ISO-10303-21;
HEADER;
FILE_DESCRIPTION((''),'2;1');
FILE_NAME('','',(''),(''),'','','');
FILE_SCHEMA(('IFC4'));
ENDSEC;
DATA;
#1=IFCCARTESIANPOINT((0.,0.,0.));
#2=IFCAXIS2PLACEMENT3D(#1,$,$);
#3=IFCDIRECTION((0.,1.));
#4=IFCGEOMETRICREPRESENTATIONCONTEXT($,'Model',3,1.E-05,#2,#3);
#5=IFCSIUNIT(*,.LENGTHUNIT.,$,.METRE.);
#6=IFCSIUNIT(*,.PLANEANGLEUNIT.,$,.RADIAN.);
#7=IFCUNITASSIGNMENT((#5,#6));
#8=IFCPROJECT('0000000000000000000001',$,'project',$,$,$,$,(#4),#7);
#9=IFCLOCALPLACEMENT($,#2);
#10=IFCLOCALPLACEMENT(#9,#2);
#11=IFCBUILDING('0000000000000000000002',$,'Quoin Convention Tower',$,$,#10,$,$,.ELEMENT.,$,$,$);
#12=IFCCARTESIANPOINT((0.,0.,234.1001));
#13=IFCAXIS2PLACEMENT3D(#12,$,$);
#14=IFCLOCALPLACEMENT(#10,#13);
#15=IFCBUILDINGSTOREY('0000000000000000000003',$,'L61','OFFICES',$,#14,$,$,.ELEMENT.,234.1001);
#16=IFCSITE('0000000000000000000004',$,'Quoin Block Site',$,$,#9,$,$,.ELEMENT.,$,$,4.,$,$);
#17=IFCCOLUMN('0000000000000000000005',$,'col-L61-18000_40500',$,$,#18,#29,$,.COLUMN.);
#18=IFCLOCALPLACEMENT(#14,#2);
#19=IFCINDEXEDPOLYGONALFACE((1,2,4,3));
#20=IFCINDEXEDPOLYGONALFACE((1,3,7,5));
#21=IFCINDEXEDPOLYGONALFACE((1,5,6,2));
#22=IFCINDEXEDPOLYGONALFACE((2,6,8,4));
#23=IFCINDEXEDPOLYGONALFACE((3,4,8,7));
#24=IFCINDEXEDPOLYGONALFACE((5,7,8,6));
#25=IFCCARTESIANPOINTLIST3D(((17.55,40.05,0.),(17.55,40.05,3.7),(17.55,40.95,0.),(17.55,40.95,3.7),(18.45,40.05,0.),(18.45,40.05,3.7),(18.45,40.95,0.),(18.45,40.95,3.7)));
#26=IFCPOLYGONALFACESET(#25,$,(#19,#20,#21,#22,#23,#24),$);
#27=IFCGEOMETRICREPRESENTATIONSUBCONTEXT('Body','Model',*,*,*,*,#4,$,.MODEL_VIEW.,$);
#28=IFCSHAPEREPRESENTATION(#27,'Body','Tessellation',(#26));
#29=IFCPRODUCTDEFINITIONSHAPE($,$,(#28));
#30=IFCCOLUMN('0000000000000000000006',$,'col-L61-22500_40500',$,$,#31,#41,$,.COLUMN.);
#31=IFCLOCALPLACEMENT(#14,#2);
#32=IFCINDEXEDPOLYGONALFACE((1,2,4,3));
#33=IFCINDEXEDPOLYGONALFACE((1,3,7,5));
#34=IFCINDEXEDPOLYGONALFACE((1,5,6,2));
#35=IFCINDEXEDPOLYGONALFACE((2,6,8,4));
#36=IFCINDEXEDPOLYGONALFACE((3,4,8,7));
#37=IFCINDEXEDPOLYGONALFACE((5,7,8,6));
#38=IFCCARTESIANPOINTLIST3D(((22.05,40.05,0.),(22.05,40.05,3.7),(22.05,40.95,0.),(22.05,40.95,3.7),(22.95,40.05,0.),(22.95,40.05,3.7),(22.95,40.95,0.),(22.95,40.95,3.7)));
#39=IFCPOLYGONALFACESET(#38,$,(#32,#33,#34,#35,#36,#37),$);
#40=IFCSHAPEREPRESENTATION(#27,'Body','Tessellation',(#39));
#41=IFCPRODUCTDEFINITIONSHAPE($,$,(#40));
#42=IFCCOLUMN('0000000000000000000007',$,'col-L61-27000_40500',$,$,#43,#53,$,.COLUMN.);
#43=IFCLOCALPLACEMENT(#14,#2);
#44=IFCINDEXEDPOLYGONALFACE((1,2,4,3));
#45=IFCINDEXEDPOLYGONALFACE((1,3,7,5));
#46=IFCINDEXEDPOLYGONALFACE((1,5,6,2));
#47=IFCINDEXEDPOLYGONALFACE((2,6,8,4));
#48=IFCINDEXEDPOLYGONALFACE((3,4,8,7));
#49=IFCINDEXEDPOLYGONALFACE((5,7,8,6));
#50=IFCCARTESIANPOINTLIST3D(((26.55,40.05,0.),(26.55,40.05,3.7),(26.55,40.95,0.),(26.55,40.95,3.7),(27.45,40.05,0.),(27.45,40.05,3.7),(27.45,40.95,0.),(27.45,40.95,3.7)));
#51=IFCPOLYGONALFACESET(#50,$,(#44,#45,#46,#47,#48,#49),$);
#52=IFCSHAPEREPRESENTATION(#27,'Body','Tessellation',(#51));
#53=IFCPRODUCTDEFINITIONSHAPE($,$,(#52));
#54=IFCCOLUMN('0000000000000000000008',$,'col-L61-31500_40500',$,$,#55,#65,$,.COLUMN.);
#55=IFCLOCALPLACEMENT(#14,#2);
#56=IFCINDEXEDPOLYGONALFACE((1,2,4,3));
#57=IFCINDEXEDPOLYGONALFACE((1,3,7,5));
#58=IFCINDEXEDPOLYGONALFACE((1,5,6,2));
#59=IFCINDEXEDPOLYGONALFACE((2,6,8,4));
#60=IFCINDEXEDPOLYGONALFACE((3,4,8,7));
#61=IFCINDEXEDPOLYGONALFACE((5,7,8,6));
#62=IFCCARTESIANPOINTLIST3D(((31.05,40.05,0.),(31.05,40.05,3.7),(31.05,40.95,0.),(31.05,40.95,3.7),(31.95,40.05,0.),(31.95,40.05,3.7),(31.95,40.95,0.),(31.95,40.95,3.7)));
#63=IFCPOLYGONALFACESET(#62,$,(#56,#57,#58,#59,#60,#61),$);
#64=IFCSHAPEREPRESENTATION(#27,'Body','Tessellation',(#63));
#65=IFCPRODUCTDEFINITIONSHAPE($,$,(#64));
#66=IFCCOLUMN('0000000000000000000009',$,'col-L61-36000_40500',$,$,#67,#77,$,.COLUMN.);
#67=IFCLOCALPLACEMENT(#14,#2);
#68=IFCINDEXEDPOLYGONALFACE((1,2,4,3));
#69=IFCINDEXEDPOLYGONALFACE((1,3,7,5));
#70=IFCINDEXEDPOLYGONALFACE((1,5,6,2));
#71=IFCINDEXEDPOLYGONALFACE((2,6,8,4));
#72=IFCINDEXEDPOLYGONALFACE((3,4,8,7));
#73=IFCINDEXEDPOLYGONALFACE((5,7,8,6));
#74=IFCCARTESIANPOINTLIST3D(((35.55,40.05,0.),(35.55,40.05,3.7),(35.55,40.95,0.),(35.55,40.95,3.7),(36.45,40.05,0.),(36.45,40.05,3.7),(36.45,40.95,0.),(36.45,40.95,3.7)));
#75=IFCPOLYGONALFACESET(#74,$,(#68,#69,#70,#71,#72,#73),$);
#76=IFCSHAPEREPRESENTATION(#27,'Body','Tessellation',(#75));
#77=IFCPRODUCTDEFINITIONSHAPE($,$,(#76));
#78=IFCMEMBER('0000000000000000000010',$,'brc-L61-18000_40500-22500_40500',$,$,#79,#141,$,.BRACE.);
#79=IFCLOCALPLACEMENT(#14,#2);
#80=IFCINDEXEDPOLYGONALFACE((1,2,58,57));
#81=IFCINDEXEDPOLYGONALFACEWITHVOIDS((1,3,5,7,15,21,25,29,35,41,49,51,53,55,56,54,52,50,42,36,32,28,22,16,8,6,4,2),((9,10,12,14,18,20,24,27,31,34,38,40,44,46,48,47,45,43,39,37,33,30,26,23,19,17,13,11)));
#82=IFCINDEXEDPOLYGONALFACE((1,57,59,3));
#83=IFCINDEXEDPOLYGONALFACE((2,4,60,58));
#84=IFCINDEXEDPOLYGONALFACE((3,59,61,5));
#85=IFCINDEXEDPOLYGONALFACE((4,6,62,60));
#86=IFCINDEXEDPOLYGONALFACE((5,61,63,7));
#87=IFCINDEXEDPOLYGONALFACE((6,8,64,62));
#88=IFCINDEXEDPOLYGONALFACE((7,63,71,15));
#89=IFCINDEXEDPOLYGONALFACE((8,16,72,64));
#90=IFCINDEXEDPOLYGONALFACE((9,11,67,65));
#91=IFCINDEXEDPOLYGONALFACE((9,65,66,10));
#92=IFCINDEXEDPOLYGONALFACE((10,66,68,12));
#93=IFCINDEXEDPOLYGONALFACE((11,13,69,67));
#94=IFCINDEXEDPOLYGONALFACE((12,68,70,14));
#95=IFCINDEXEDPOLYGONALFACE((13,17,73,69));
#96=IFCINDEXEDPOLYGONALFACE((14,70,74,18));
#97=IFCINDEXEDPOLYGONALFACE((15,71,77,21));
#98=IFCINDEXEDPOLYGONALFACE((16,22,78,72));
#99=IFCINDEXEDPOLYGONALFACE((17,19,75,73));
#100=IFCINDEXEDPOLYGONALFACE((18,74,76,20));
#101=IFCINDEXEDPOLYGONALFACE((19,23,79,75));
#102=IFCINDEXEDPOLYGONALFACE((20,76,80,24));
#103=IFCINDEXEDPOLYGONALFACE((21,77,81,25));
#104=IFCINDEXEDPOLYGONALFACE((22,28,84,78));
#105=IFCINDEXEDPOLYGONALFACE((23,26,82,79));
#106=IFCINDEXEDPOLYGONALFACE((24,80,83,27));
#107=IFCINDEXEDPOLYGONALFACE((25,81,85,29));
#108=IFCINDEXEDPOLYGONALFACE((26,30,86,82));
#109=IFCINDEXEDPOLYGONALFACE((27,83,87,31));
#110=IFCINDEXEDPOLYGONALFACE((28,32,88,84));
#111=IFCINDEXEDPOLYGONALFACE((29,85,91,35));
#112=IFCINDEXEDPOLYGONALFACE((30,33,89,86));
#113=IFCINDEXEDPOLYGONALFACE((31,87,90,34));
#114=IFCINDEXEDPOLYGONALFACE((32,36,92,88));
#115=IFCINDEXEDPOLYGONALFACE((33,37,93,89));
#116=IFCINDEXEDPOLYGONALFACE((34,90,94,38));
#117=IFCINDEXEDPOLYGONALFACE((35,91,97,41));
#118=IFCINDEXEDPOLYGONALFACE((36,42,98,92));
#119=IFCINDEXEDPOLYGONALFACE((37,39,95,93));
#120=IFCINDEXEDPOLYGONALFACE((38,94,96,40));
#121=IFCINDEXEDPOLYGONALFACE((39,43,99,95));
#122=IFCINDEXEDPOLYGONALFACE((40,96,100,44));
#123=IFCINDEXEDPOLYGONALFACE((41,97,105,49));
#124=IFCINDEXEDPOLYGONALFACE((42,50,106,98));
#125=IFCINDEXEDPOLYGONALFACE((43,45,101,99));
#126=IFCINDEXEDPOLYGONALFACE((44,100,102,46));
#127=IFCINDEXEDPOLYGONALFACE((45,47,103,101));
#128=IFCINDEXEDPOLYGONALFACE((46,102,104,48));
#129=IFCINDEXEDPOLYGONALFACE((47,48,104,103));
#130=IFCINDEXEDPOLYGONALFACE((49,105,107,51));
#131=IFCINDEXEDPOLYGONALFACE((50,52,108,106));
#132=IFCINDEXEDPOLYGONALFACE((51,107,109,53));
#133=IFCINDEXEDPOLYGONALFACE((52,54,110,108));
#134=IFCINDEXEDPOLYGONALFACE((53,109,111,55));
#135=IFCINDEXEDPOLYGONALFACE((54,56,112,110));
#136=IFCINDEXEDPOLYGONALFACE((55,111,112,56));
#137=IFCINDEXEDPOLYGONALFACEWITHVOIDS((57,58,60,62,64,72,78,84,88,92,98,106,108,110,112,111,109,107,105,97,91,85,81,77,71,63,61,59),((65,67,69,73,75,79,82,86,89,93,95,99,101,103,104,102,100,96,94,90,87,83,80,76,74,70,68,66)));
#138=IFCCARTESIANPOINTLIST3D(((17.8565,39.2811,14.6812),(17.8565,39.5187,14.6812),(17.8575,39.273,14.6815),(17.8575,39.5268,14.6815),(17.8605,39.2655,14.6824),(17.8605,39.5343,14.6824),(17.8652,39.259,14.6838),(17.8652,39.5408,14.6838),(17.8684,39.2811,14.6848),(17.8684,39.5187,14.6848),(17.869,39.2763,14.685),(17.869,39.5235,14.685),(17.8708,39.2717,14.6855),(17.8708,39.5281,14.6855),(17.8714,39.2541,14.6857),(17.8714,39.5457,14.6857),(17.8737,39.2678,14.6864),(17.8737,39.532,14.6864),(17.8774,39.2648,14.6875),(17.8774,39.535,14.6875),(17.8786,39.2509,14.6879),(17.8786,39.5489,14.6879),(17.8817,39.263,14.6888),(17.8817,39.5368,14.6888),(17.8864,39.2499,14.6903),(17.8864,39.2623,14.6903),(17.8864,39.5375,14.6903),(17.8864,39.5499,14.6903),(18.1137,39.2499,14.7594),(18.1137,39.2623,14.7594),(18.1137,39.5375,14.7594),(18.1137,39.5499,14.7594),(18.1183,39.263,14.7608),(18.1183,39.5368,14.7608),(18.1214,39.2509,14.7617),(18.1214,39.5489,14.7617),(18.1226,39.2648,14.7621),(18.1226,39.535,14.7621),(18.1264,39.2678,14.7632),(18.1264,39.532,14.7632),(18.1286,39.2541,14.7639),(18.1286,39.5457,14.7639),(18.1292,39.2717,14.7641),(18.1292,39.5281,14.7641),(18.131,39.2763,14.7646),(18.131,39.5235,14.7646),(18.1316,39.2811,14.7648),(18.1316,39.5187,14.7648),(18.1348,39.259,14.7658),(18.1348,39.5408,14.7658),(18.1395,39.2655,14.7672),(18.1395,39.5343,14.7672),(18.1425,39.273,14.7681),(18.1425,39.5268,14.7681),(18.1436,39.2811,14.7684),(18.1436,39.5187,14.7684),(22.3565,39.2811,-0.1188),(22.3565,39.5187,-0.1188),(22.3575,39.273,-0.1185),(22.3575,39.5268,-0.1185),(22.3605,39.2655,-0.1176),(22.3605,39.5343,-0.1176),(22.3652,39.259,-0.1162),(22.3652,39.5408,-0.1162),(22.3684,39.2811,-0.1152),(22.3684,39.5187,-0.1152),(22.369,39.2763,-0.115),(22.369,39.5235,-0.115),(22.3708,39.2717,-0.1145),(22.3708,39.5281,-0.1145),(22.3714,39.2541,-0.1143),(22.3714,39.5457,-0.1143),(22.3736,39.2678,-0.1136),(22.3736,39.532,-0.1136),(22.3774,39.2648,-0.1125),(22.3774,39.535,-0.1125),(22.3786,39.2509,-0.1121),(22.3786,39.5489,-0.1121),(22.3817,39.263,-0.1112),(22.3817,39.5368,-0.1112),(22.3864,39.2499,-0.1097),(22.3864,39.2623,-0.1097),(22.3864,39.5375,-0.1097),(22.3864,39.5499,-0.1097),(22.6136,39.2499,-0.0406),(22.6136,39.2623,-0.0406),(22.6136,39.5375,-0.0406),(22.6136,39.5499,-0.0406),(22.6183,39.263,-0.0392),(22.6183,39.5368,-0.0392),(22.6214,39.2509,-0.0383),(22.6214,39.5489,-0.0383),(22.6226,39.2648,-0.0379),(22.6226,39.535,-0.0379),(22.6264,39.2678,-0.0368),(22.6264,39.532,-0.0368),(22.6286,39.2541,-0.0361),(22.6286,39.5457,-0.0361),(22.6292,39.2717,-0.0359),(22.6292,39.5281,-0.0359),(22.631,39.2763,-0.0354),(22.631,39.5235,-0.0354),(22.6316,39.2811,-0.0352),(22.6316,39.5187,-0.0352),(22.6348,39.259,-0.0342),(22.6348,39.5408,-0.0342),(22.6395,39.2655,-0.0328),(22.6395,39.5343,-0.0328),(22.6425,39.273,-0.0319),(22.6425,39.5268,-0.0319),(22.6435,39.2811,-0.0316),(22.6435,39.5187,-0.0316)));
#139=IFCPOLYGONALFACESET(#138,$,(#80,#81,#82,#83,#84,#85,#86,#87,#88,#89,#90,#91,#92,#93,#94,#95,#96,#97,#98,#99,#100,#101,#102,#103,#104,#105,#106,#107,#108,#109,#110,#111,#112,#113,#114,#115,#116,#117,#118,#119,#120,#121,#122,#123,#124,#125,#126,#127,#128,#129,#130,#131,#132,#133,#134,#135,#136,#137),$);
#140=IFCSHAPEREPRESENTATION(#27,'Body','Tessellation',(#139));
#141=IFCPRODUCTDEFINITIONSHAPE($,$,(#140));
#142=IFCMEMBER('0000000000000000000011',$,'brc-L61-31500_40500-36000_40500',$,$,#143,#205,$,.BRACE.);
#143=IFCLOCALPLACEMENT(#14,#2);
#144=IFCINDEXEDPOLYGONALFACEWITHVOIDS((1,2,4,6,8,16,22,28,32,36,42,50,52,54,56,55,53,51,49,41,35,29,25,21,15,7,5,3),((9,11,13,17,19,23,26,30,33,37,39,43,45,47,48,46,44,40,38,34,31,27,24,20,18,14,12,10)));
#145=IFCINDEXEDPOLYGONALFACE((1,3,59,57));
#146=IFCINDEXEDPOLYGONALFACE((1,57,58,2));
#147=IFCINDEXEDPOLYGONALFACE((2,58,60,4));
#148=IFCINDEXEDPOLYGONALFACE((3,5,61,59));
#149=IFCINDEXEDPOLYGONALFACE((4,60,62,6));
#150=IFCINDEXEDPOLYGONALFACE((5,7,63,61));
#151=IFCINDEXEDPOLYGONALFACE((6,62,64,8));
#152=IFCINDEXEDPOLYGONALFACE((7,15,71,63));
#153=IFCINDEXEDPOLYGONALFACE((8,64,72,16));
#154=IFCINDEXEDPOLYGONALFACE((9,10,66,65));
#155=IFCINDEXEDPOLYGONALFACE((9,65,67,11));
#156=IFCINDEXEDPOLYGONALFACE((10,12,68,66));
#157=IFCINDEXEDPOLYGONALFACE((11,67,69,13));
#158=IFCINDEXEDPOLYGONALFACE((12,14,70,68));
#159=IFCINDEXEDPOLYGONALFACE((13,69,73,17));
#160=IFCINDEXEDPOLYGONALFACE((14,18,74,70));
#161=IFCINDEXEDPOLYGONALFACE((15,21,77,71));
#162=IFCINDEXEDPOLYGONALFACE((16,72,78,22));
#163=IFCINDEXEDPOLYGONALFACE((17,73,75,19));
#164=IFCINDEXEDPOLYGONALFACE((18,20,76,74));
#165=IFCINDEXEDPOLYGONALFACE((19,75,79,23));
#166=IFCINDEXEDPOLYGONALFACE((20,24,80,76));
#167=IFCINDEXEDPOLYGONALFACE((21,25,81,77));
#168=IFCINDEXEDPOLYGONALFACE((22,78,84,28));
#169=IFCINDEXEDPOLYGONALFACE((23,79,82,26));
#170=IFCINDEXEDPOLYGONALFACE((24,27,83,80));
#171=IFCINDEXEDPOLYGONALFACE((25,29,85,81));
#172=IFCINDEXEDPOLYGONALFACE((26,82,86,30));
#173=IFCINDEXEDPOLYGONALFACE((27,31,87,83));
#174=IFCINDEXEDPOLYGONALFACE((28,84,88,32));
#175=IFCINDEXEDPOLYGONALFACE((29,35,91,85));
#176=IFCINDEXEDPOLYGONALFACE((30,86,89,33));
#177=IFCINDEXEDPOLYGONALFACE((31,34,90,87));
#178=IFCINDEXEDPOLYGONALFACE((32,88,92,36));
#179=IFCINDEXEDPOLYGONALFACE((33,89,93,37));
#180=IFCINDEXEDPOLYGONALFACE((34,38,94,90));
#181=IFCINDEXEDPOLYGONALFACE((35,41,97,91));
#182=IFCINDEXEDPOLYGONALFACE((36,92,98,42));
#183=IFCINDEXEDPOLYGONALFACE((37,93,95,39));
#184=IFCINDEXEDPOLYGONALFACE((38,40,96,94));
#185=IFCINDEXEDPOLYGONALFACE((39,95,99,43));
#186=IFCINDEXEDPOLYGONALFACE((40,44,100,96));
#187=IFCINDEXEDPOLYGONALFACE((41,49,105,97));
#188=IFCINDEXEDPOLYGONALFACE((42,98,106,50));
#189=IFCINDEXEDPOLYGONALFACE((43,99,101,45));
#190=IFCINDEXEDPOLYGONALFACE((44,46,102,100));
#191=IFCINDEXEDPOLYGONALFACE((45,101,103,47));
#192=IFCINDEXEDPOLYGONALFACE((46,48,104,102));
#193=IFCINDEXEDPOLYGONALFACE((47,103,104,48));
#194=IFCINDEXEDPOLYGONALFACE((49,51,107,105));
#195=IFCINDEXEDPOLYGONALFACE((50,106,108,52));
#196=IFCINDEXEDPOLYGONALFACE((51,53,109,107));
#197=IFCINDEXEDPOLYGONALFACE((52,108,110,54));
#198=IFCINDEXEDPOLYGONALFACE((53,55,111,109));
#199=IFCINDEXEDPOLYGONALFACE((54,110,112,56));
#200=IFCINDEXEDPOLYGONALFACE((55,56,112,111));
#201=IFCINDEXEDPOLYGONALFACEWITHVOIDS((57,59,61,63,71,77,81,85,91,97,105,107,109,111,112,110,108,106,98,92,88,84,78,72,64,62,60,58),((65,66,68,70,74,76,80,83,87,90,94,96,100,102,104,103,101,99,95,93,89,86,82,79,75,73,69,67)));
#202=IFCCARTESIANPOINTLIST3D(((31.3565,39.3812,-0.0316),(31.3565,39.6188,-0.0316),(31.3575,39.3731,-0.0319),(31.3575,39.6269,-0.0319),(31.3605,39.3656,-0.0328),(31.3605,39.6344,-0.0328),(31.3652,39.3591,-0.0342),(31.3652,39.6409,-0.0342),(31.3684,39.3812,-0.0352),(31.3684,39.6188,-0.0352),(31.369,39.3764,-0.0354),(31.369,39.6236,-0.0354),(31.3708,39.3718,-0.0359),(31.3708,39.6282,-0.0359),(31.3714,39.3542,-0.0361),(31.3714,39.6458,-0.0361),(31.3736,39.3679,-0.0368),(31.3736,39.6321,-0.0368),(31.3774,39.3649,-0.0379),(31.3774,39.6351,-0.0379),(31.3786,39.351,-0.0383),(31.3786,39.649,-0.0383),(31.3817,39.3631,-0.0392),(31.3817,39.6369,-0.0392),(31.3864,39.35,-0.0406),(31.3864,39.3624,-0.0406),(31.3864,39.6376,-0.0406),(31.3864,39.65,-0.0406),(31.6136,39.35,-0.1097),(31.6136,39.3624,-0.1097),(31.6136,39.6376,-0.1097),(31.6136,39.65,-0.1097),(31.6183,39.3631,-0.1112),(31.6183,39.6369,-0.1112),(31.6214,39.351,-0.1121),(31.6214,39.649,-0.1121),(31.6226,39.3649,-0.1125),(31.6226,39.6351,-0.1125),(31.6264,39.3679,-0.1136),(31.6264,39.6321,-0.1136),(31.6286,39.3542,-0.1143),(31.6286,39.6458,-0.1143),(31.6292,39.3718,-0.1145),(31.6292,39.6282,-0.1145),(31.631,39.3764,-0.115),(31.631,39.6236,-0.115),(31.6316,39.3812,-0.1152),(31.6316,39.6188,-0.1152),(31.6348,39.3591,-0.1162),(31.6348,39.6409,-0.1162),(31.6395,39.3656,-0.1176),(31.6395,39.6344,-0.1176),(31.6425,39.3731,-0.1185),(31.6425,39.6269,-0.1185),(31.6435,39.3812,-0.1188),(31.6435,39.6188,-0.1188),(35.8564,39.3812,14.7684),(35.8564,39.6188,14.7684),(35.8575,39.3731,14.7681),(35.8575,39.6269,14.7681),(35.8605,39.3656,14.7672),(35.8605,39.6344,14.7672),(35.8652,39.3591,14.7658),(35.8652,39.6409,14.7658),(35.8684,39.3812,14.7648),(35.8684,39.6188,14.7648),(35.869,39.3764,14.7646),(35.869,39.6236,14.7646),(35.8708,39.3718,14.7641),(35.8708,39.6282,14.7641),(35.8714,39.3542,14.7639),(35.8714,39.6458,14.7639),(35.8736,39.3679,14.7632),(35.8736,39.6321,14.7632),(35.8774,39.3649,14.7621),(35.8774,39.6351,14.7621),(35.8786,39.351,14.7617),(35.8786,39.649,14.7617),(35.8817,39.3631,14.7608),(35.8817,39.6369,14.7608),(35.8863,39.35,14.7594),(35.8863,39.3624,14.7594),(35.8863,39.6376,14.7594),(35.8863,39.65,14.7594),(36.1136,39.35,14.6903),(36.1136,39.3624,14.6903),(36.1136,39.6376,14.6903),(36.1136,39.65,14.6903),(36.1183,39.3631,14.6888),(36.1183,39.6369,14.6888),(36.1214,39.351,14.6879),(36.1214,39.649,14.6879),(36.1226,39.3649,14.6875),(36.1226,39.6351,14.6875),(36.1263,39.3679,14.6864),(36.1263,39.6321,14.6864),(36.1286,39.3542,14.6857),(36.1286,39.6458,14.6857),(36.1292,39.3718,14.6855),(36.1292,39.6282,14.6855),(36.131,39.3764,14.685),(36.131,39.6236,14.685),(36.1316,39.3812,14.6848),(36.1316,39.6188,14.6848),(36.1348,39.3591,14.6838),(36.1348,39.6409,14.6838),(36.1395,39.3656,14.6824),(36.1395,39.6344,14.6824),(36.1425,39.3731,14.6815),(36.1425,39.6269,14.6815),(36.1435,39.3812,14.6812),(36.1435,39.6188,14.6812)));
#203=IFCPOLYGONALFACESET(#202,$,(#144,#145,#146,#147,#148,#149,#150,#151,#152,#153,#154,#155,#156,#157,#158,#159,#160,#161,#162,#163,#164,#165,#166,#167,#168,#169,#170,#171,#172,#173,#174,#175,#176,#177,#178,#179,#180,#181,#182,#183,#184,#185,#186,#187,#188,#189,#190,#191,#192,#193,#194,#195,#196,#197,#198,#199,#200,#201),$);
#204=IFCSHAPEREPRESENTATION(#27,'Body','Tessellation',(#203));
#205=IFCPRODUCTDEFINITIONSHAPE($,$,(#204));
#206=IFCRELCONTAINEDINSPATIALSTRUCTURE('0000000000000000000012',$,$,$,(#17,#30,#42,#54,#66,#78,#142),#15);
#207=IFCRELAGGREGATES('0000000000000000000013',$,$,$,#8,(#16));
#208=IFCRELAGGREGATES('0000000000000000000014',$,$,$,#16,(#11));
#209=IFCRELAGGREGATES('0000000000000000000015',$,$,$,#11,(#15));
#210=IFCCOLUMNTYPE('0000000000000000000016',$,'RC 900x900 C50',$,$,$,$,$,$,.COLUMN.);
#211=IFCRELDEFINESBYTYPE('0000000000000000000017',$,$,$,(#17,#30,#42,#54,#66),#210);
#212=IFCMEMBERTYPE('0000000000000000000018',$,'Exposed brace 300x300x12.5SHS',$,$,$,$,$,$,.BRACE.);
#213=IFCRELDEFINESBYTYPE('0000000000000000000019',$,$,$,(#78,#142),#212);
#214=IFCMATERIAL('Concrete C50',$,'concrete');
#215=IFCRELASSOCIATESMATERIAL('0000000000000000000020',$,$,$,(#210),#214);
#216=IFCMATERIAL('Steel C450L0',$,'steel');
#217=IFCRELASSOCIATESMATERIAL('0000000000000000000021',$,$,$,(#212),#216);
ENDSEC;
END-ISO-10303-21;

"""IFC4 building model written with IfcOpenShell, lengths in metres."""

from ifc_helpers import new_model, si_unit, direction, frame, origin, origin_2d, place, context, subcontext, project, spatial, rectangle, hollow_rectangle, extrude, material, material_profile, profile_set, type_object, element, save


model = new_model("IFC4")

# Units and contexts
model_context = context("Model", 3, precision=1e-05, world=origin(), true_north=direction((0.0, 1.0)))
body_context = subcontext(model_context, "Body", "Model", "MODEL_VIEW")
ifc_project = project(units=[si_unit("LENGTHUNIT", "METRE"), si_unit("PLANEANGLEUNIT", "RADIAN")], contexts=[model_context])

# Site, building, storey
site_placement = place(None, origin())
site = spatial("IfcSite", under=ifc_project, at=site_placement, Name="Quoin Block Site", CompositionType="ELEMENT", RefElevation=4.0)
building_placement = place(site_placement, origin())
building = spatial("IfcBuilding", under=site, at=building_placement, Name="Quoin Convention Tower", CompositionType="ELEMENT")
storey_placement = place(building_placement, frame((0.0, 0.0, 234.1001)))
storey = spatial("IfcBuildingStorey", under=building, at=storey_placement, Name="L61", Description="OFFICES", CompositionType="ELEMENT", Elevation=234.1001)

# Columns
ifc_material_1 = material(Name="Concrete C50", Category="concrete")
ifc_material_profile_1 = material_profile(ifc_material_1, rectangle(XDim=0.8999, YDim=0.8999, at=origin_2d()), Name="RC 900x900")
ifc_profile_set_1 = profile_set([ifc_material_profile_1], Name="Concrete C50")
column_type = type_object("IfcColumnType", Name="RC 900x900 C50", PredefinedType="COLUMN", material=ifc_profile_set_1)
for number, where, z_axis, x_axis, name in (
    (1, (18.0, 40.5, 0.0), (0.0, 0.0, 1.0), (1.0, 0.0, 0.0), "col-L61-18000_40500"),
    (2, (22.5, 40.5, 0.0), (0.0, 0.0, 1.0), (1.0, 0.0, 0.0), "col-L61-22500_40500"),
    (3, (27.0, 40.5, 0.0), (0.0, 0.0, 1.0), (1.0, 0.0, 0.0), "col-L61-27000_40500"),
    (4, (31.5, 40.5, 0.0), (0.0, 0.0, 1.0), (1.0, 0.0, 0.0), "col-L61-31500_40500"),
    (5, (36.0, 40.5, 0.0), (0.0, 0.0, 1.0), (1.0, 0.0, 0.0), "col-L61-36000_40500"),
):
    element("IfcColumn", number, at=place(storey_placement, frame(where, z_axis=z_axis, x_axis=x_axis)), inside=storey, type_object=column_type, Name=name, PredefinedType="COLUMN", context=body_context, shape_type="SweptSolid", body=[
        extrude(rectangle(XDim=0.8999, YDim=0.8999, at=origin_2d()), origin(), (0.0, 0.0, 1.0), 3.7),
    ])

# Members
ifc_material_2 = material(Name="Steel C450L0", Category="steel")
ifc_material_profile_2 = material_profile(ifc_material_2, hollow_rectangle(XDim=0.3, YDim=0.3, WallThickness=0.0125, InnerFilletRadius=0.0188, OuterFilletRadius=0.0312, at=origin_2d()), Name="300x300x12.5SHS")
ifc_profile_set_2 = profile_set([ifc_material_profile_2], Name="Steel C450L0")
member_type = type_object("IfcMemberType", Name="Exposed brace 300x300x12.5SHS", PredefinedType="BRACE", material=ifc_profile_set_2)
for number, where, z_axis, x_axis, name in (
    (6, (22.5, 39.3999, -0.0752), (-0.290903, 0.0, 0.956752), (0.0, -1.0, 0.0), "brc-L61-18000_40500-22500_40500"),
    (7, (31.5, 39.5, -0.0752), (0.290903, 0.0, 0.956752), (0.0, 1.0, 0.0), "brc-L61-31500_40500-36000_40500"),
):
    element("IfcMember", number, at=place(storey_placement, frame(where, z_axis=z_axis, x_axis=x_axis)), inside=storey, type_object=member_type, Name=name, PredefinedType="BRACE", context=body_context, shape_type="SweptSolid", body=[
        extrude(hollow_rectangle(XDim=0.3, YDim=0.3, WallThickness=0.0125, InnerFilletRadius=0.0188, OuterFilletRadius=0.0312, at=origin_2d()), origin(), (0.0, 0.0, 1.0), 15.469),
    ])

save(model, "model.ifc")
